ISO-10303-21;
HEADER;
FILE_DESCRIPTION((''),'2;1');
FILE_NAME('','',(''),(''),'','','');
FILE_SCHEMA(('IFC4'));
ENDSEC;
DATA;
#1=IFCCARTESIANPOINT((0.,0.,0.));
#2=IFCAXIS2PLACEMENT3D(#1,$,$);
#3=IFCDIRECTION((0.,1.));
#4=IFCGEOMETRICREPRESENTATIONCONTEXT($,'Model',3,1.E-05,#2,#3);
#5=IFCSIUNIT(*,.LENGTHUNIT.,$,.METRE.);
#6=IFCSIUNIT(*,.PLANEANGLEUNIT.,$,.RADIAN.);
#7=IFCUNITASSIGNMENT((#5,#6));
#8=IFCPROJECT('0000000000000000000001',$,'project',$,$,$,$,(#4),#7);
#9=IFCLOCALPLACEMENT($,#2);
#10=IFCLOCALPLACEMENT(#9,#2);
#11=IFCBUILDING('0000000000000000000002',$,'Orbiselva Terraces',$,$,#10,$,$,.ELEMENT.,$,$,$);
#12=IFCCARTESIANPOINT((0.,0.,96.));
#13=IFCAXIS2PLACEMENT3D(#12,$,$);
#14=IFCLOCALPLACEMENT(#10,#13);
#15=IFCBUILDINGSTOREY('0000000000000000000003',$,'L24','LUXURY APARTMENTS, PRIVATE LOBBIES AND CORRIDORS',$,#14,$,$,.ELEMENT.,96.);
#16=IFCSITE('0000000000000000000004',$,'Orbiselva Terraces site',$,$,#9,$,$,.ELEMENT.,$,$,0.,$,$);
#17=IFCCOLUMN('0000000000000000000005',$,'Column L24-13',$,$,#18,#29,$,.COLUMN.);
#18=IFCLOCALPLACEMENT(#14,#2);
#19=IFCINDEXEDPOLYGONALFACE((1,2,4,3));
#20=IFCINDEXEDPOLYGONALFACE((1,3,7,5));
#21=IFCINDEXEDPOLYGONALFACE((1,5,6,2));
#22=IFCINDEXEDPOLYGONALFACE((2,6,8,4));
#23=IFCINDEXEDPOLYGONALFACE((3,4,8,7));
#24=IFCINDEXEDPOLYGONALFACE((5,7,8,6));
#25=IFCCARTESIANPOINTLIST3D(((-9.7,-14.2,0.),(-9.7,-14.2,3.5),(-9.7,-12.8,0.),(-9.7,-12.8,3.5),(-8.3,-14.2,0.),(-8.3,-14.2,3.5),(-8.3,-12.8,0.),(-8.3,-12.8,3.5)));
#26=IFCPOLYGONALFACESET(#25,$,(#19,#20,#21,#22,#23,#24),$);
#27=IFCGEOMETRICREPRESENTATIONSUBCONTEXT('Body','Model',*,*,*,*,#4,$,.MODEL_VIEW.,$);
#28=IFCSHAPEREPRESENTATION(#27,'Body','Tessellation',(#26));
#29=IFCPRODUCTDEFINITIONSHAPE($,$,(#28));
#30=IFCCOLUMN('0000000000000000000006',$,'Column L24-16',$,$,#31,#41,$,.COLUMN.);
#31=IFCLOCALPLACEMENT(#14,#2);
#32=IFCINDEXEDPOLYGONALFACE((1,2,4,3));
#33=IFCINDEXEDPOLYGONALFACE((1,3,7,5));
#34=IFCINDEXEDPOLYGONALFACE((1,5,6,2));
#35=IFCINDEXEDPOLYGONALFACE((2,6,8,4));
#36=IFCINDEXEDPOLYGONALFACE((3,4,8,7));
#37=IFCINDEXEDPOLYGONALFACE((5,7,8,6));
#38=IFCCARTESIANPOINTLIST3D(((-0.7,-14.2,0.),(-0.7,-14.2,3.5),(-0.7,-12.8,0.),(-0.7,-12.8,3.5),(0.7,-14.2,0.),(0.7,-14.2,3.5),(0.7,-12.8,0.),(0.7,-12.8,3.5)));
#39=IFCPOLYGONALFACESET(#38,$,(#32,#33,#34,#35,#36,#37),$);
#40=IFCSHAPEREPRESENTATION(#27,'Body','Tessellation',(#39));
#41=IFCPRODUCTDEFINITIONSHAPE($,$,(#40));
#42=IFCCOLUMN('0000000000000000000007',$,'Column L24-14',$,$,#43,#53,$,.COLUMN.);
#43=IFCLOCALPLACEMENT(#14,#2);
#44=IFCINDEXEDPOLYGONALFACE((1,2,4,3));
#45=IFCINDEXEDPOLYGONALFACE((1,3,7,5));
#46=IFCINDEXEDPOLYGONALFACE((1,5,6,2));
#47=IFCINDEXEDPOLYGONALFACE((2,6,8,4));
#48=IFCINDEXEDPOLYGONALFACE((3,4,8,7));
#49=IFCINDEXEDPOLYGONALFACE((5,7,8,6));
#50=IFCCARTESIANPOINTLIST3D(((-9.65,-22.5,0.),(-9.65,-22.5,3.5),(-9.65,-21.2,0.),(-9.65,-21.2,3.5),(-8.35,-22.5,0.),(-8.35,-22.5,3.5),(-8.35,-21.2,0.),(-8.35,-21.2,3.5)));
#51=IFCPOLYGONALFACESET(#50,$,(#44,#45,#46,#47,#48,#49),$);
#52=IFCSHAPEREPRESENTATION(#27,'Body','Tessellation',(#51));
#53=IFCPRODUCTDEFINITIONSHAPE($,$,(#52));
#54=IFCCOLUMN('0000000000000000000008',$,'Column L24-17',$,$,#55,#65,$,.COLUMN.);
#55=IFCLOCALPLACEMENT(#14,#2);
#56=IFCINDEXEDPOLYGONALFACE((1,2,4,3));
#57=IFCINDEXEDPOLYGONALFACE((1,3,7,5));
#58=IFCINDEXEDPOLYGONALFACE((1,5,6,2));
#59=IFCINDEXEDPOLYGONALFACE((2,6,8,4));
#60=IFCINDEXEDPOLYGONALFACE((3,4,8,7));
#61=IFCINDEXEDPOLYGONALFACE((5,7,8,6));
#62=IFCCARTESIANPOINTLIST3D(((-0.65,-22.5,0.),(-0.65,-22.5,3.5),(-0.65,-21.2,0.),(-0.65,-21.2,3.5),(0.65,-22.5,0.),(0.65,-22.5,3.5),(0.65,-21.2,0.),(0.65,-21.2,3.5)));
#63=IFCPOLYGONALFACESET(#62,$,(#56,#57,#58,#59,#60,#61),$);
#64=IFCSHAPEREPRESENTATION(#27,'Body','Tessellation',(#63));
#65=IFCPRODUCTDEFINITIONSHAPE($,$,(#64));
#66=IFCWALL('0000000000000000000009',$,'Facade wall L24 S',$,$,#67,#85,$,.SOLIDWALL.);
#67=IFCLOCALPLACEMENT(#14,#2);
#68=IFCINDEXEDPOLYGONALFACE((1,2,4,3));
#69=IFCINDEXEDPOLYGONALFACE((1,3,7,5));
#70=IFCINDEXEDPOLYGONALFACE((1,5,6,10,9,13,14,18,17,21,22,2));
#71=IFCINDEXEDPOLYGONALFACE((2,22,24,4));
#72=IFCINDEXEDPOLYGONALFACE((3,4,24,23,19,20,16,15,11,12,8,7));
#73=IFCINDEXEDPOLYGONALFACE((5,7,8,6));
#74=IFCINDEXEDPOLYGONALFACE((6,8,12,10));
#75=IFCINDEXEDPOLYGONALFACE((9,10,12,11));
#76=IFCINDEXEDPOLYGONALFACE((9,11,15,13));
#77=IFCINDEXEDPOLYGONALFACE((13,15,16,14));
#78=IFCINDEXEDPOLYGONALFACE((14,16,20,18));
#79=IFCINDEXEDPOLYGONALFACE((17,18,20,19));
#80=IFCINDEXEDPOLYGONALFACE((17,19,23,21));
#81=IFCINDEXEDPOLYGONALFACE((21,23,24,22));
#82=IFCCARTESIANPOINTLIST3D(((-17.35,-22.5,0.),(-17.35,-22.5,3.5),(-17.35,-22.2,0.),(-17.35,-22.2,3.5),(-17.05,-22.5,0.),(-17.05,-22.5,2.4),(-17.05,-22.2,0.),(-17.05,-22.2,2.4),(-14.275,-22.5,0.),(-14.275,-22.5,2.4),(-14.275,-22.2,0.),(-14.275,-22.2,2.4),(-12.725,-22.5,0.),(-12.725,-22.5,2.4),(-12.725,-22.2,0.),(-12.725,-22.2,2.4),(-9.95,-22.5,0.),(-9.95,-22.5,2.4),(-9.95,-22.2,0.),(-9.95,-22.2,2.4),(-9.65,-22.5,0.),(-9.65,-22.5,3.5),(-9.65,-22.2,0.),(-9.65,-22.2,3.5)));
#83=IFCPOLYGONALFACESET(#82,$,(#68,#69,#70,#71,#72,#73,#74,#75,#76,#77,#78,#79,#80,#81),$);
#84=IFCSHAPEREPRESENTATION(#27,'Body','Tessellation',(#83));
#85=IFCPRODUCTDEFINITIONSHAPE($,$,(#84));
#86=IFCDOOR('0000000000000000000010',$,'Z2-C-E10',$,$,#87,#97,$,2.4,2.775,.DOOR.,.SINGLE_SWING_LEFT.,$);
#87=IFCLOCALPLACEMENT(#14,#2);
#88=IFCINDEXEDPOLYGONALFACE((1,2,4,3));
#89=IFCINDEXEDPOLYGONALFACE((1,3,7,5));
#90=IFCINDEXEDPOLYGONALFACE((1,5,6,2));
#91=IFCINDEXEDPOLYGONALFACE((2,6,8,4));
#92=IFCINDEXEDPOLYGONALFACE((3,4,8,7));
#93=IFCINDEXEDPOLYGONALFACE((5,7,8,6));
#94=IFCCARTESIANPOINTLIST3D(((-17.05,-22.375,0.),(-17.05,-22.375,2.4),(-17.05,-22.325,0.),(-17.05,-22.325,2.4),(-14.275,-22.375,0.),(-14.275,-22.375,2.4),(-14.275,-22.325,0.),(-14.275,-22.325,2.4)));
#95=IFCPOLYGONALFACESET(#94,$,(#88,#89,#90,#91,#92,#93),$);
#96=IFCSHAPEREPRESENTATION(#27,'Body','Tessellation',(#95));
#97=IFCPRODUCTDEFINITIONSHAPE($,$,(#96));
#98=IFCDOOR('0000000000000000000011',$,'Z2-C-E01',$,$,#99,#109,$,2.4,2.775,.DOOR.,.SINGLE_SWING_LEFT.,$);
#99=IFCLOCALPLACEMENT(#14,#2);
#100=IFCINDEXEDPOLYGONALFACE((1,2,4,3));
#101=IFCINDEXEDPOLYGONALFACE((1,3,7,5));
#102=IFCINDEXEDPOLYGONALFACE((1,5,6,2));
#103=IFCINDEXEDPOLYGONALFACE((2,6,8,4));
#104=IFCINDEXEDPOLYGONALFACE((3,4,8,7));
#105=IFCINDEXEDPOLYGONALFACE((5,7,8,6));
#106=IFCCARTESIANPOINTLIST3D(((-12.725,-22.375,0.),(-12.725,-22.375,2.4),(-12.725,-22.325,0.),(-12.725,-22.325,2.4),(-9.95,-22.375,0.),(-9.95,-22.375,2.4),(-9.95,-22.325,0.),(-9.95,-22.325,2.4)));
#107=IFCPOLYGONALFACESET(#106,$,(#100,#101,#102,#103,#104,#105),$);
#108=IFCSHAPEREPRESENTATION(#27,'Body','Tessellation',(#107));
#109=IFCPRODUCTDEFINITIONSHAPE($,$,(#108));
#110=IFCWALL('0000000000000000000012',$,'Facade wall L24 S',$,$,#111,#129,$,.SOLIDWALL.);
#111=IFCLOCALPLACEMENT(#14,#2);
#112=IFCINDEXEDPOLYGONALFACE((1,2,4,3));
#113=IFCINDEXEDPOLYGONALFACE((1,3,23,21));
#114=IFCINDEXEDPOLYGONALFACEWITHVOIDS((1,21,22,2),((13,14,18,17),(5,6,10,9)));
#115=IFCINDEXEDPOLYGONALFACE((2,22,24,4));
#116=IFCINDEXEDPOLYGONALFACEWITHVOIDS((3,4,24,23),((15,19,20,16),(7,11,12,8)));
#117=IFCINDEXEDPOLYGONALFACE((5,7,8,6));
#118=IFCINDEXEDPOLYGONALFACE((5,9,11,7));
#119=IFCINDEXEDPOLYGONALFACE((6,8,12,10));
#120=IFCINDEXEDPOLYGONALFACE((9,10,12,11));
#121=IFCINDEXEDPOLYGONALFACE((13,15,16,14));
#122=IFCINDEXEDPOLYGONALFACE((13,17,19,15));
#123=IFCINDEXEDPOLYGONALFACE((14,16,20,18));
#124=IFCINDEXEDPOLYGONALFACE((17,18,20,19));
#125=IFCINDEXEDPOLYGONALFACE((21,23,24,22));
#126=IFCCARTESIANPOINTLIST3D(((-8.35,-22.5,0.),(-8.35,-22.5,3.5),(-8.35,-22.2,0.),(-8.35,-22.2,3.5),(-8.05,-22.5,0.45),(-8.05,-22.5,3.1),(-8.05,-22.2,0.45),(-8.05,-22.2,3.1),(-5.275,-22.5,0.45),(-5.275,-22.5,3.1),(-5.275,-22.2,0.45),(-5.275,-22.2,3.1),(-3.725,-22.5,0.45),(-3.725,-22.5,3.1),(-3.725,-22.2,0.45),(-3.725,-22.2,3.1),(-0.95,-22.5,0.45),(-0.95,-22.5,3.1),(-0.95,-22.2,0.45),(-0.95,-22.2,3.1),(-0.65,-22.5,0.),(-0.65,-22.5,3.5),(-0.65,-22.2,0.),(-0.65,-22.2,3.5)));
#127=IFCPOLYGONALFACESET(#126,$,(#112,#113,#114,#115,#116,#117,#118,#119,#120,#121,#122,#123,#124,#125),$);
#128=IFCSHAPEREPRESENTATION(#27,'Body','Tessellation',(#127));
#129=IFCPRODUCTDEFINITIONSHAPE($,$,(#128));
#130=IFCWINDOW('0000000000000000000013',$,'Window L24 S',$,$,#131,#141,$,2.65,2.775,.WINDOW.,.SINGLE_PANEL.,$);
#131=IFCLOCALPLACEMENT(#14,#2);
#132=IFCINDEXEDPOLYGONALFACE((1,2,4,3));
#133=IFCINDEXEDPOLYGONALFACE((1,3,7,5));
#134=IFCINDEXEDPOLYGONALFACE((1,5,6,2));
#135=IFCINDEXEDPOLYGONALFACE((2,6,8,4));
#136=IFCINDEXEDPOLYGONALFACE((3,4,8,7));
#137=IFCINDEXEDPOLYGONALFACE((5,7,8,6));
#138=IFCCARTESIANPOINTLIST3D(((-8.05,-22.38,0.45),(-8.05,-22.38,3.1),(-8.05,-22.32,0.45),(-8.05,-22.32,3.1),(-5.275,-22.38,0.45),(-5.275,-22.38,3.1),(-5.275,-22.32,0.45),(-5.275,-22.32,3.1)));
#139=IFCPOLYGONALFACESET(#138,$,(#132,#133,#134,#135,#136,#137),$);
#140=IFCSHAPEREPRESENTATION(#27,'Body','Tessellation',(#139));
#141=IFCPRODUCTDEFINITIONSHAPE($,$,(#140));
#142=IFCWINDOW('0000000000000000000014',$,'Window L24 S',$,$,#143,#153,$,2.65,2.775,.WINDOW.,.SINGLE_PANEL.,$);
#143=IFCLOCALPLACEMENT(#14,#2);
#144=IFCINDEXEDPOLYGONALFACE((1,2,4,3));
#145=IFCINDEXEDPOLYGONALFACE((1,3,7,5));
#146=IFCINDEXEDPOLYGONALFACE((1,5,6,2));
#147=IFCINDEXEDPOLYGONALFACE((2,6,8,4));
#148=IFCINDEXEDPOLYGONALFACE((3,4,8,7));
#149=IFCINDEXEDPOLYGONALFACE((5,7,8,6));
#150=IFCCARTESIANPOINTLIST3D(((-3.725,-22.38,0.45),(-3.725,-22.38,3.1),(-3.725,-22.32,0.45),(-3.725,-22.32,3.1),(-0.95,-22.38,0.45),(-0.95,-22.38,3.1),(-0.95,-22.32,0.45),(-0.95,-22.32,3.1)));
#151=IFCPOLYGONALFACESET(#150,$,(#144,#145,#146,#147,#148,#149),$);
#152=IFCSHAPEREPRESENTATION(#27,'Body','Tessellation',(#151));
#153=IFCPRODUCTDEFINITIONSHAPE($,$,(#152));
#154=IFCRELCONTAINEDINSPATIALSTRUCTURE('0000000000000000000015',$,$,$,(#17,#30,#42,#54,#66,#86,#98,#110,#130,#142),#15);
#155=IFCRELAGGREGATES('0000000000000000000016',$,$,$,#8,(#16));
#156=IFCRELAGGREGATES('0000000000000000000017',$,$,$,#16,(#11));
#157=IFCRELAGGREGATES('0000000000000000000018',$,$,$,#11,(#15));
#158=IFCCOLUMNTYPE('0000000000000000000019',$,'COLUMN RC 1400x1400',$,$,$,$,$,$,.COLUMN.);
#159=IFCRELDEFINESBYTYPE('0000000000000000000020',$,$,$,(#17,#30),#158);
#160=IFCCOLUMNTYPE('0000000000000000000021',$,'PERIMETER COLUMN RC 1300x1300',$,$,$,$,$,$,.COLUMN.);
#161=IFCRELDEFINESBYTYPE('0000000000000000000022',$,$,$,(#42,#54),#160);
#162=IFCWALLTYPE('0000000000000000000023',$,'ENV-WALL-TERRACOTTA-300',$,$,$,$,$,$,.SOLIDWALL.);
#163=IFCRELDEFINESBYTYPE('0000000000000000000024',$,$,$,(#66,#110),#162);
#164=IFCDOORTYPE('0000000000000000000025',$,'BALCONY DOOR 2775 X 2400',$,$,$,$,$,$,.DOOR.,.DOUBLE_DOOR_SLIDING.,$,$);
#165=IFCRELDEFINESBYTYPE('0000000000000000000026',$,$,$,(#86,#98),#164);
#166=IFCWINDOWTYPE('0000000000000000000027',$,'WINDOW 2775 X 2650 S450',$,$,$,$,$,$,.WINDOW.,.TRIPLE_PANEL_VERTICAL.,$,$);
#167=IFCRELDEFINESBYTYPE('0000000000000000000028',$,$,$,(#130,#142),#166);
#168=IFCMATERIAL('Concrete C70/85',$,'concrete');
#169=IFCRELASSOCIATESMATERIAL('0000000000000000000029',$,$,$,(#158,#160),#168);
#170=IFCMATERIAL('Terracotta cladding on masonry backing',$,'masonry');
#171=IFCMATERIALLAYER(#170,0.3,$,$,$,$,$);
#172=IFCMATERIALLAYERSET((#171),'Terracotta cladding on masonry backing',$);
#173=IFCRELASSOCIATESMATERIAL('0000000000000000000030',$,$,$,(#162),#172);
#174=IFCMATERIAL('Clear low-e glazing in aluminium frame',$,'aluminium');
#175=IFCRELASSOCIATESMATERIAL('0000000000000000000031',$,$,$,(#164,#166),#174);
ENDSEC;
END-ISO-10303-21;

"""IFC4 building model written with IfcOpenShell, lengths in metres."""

from ifc_helpers import new_model, si_unit, direction, frame, frame_2d, origin, origin_2d, place, context, subcontext, project, spatial, rectangle, extrude, material, layer, layer_set, material_profile, profile_set, type_object, element, fill, save


model = new_model("IFC4")

# Units and contexts
model_context = context("Model", 3, precision=1e-05, world=origin(), true_north=direction((0.0, 1.0)))
body_context = subcontext(model_context, "Body", "Model", "MODEL_VIEW")
ifc_project = project(units=[si_unit("LENGTHUNIT", "METRE"), si_unit("PLANEANGLEUNIT", "RADIAN")], contexts=[model_context])

# Site, building, storey
site_placement = place(None, origin())
site = spatial("IfcSite", under=ifc_project, at=site_placement, Name="Orbiselva Terraces site", CompositionType="ELEMENT", RefElevation=0.0)
building_placement = place(site_placement, origin())
building = spatial("IfcBuilding", under=site, at=building_placement, Name="Orbiselva Terraces", CompositionType="ELEMENT")
storey_placement = place(building_placement, frame((0.0, 0.0, 96.0)))
storey = spatial("IfcBuildingStorey", under=building, at=storey_placement, Name="L24", Description="LUXURY APARTMENTS, PRIVATE LOBBIES AND CORRIDORS", CompositionType="ELEMENT", Elevation=96.0)

# Columns
ifc_material_1 = material(Name="Concrete C70/85", Category="concrete")
ifc_material_profile_1 = material_profile(ifc_material_1, rectangle(XDim=1.4, YDim=1.4, at=origin_2d()), Name="RC 1400x1400")
ifc_profile_set_1 = profile_set([ifc_material_profile_1], Name="Concrete C70/85")
column_type_1 = type_object("IfcColumnType", Name="COLUMN RC 1400x1400", PredefinedType="COLUMN", material=ifc_profile_set_1)
for number, where, z_axis, x_axis, name in (
    (1, (-9.0, -13.5, 0.0), (0.0, 0.0, 1.0), (1.0, 0.0, 0.0), "Column L24-13"),
    (2, (0.0, -13.5, 0.0), (0.0, 0.0, 1.0), (1.0, 0.0, 0.0), "Column L24-16"),
):
    element("IfcColumn", number, at=place(storey_placement, frame(where, z_axis=z_axis, x_axis=x_axis)), inside=storey, type_object=column_type_1, Name=name, PredefinedType="COLUMN", context=body_context, shape_type="SweptSolid", body=[
        extrude(rectangle(XDim=1.4, YDim=1.4, at=origin_2d()), origin(), (0.0, 0.0, 1.0), 3.5),
    ])
ifc_material_profile_2 = material_profile(ifc_material_1, rectangle(XDim=1.3, YDim=1.3, at=origin_2d()), Name="RC 1300x1300")
ifc_profile_set_2 = profile_set([ifc_material_profile_2], Name="Concrete C70/85")
column_type_2 = type_object("IfcColumnType", Name="PERIMETER COLUMN RC 1300x1300", PredefinedType="COLUMN", material=ifc_profile_set_2)
for number, where, z_axis, x_axis, name in (
    (3, (-9.0, -21.85, 0.0), (0.0, 0.0, 1.0), (1.0, 0.0, 0.0), "Column L24-14"),
    (4, (0.0, -21.85, 0.0), (0.0, 0.0, 1.0), (1.0, 0.0, 0.0), "Column L24-17"),
):
    element("IfcColumn", number, at=place(storey_placement, frame(where, z_axis=z_axis, x_axis=x_axis)), inside=storey, type_object=column_type_2, Name=name, PredefinedType="COLUMN", context=body_context, shape_type="SweptSolid", body=[
        extrude(rectangle(XDim=1.3, YDim=1.3, at=origin_2d()), origin(), (0.0, 0.0, 1.0), 3.5),
    ])

# Wall, openings, doors
ifc_material_2 = material(Name="Terracotta cladding on masonry backing", Category="masonry")
ifc_layer_1 = layer(ifc_material_2, 0.3)
ifc_layer_set_1 = layer_set([ifc_layer_1], Name="Terracotta cladding on masonry backing")
wall_type_1 = type_object("IfcWallType", Name="ENV-WALL-TERRACOTTA-300", PredefinedType="SOLIDWALL", material=ifc_layer_set_1)
wall_1_placement = place(storey_placement, frame((-9.65, -22.35, 0.0), z_axis=(0.0, 0.0, 1.0), x_axis=(-1.0, 0.0, 0.0)))
wall_1 = element("IfcWall", 5, at=wall_1_placement, inside=storey, type_object=wall_type_1, Name="Facade wall L24 S", PredefinedType="SOLIDWALL", context=body_context, shape_type="SweptSolid", body=[
    extrude(rectangle(XDim=7.7, YDim=0.3, at=frame_2d((3.85, 0.0))), origin(), (0.0, 0.0, 1.0), 3.5),
])
opening_1_placement = place(wall_1_placement, frame((4.625, 0.0, 0.0)))
opening_1 = element("IfcOpeningElement", 6, at=opening_1_placement, cuts=wall_1, PredefinedType="OPENING", context=body_context, shape_type="SweptSolid", body=[
    extrude(rectangle(XDim=2.775, YDim=2.4, at=frame_2d((1.3875, 1.2))), frame((0.0, 0.16, 0.0), z_axis=(0.0, -1.0, 0.0), x_axis=(1.0, 0.0, 0.0)), (0.0, 0.0, 1.0), 0.32),
])
opening_2_placement = place(wall_1_placement, frame((0.3, 0.0, 0.0)))
opening_2 = element("IfcOpeningElement", 7, at=opening_2_placement, cuts=wall_1, PredefinedType="OPENING", context=body_context, shape_type="SweptSolid", body=[
    extrude(rectangle(XDim=2.775, YDim=2.4, at=frame_2d((1.3875, 1.2))), frame((0.0, 0.16, 0.0), z_axis=(0.0, -1.0, 0.0), x_axis=(1.0, 0.0, 0.0)), (0.0, 0.0, 1.0), 0.32),
])
ifc_material_3 = material(Name="Clear low-e glazing in aluminium frame", Category="aluminium")
door_type_1 = type_object("IfcDoorType", Name="BALCONY DOOR 2775 X 2400", OperationType="DOUBLE_DOOR_SLIDING", PredefinedType="DOOR", material=ifc_material_3)
door_1_placement = place(opening_1_placement, origin())
door_1 = element("IfcDoor", 8, at=door_1_placement, inside=storey, type_object=door_type_1, Name="Z2-C-E10", OperationType="SINGLE_SWING_LEFT", OverallHeight=2.4, OverallWidth=2.775, PredefinedType="DOOR", context=body_context, shape_type="SweptSolid", body=[
    extrude(rectangle(XDim=2.775, YDim=2.4, at=frame_2d((1.3875, 1.2))), frame((0.0, 0.025, 0.0), z_axis=(0.0, -1.0, 0.0), x_axis=(1.0, 0.0, 0.0)), (0.0, 0.0, 1.0), 0.05),
])
fill(opening_1, door_1)
door_2_placement = place(opening_2_placement, origin())
door_2 = element("IfcDoor", 9, at=door_2_placement, inside=storey, type_object=door_type_1, Name="Z2-C-E01", OperationType="SINGLE_SWING_LEFT", OverallHeight=2.4, OverallWidth=2.775, PredefinedType="DOOR", context=body_context, shape_type="SweptSolid", body=[
    extrude(rectangle(XDim=2.775, YDim=2.4, at=frame_2d((1.3875, 1.2))), frame((0.0, 0.025, 0.0), z_axis=(0.0, -1.0, 0.0), x_axis=(1.0, 0.0, 0.0)), (0.0, 0.0, 1.0), 0.05),
])
fill(opening_2, door_2)

# Wall, openings, windows
wall_2_placement = place(storey_placement, frame((-0.65, -22.35, 0.0), z_axis=(0.0, 0.0, 1.0), x_axis=(-1.0, 0.0, 0.0)))
wall_2 = element("IfcWall", 10, at=wall_2_placement, inside=storey, type_object=wall_type_1, Name="Facade wall L24 S", PredefinedType="SOLIDWALL", context=body_context, shape_type="SweptSolid", body=[
    extrude(rectangle(XDim=7.7, YDim=0.3, at=frame_2d((3.85, 0.0))), origin(), (0.0, 0.0, 1.0), 3.5),
])
opening_3_placement = place(wall_2_placement, frame((4.625, 0.0, 0.45)))
opening_3 = element("IfcOpeningElement", 11, at=opening_3_placement, cuts=wall_2, PredefinedType="OPENING", context=body_context, shape_type="SweptSolid", body=[
    extrude(rectangle(XDim=2.775, YDim=2.65, at=frame_2d((1.3875, 1.325))), frame((0.0, 0.16, 0.0), z_axis=(0.0, -1.0, 0.0), x_axis=(1.0, 0.0, 0.0)), (0.0, 0.0, 1.0), 0.32),
])
opening_4_placement = place(wall_2_placement, frame((0.3, 0.0, 0.45)))
opening_4 = element("IfcOpeningElement", 12, at=opening_4_placement, cuts=wall_2, PredefinedType="OPENING", context=body_context, shape_type="SweptSolid", body=[
    extrude(rectangle(XDim=2.775, YDim=2.65, at=frame_2d((1.3875, 1.325))), frame((0.0, 0.16, 0.0), z_axis=(0.0, -1.0, 0.0), x_axis=(1.0, 0.0, 0.0)), (0.0, 0.0, 1.0), 0.32),
])
window_type = type_object("IfcWindowType", Name="WINDOW 2775 X 2650 S450", PartitioningType="TRIPLE_PANEL_VERTICAL", PredefinedType="WINDOW", material=ifc_material_3)
window_1_placement = place(opening_3_placement, origin())
window_1 = element("IfcWindow", 13, at=window_1_placement, inside=storey, type_object=window_type, Name="Window L24 S", OverallHeight=2.65, OverallWidth=2.775, PartitioningType="SINGLE_PANEL", PredefinedType="WINDOW", context=body_context, shape_type="SweptSolid", body=[
    extrude(rectangle(XDim=2.775, YDim=2.65, at=frame_2d((1.3875, 1.325))), frame((0.0, 0.03, 0.0), z_axis=(0.0, -1.0, 0.0), x_axis=(1.0, 0.0, 0.0)), (0.0, 0.0, 1.0), 0.06),
])
fill(opening_3, window_1)
window_2_placement = place(opening_4_placement, origin())
window_2 = element("IfcWindow", 14, at=window_2_placement, inside=storey, type_object=window_type, Name="Window L24 S", OverallHeight=2.65, OverallWidth=2.775, PartitioningType="SINGLE_PANEL", PredefinedType="WINDOW", context=body_context, shape_type="SweptSolid", body=[
    extrude(rectangle(XDim=2.775, YDim=2.65, at=frame_2d((1.3875, 1.325))), frame((0.0, 0.03, 0.0), z_axis=(0.0, -1.0, 0.0), x_axis=(1.0, 0.0, 0.0)), (0.0, 0.0, 1.0), 0.06),
])
fill(opening_4, window_2)

save(model, "model.ifc")
